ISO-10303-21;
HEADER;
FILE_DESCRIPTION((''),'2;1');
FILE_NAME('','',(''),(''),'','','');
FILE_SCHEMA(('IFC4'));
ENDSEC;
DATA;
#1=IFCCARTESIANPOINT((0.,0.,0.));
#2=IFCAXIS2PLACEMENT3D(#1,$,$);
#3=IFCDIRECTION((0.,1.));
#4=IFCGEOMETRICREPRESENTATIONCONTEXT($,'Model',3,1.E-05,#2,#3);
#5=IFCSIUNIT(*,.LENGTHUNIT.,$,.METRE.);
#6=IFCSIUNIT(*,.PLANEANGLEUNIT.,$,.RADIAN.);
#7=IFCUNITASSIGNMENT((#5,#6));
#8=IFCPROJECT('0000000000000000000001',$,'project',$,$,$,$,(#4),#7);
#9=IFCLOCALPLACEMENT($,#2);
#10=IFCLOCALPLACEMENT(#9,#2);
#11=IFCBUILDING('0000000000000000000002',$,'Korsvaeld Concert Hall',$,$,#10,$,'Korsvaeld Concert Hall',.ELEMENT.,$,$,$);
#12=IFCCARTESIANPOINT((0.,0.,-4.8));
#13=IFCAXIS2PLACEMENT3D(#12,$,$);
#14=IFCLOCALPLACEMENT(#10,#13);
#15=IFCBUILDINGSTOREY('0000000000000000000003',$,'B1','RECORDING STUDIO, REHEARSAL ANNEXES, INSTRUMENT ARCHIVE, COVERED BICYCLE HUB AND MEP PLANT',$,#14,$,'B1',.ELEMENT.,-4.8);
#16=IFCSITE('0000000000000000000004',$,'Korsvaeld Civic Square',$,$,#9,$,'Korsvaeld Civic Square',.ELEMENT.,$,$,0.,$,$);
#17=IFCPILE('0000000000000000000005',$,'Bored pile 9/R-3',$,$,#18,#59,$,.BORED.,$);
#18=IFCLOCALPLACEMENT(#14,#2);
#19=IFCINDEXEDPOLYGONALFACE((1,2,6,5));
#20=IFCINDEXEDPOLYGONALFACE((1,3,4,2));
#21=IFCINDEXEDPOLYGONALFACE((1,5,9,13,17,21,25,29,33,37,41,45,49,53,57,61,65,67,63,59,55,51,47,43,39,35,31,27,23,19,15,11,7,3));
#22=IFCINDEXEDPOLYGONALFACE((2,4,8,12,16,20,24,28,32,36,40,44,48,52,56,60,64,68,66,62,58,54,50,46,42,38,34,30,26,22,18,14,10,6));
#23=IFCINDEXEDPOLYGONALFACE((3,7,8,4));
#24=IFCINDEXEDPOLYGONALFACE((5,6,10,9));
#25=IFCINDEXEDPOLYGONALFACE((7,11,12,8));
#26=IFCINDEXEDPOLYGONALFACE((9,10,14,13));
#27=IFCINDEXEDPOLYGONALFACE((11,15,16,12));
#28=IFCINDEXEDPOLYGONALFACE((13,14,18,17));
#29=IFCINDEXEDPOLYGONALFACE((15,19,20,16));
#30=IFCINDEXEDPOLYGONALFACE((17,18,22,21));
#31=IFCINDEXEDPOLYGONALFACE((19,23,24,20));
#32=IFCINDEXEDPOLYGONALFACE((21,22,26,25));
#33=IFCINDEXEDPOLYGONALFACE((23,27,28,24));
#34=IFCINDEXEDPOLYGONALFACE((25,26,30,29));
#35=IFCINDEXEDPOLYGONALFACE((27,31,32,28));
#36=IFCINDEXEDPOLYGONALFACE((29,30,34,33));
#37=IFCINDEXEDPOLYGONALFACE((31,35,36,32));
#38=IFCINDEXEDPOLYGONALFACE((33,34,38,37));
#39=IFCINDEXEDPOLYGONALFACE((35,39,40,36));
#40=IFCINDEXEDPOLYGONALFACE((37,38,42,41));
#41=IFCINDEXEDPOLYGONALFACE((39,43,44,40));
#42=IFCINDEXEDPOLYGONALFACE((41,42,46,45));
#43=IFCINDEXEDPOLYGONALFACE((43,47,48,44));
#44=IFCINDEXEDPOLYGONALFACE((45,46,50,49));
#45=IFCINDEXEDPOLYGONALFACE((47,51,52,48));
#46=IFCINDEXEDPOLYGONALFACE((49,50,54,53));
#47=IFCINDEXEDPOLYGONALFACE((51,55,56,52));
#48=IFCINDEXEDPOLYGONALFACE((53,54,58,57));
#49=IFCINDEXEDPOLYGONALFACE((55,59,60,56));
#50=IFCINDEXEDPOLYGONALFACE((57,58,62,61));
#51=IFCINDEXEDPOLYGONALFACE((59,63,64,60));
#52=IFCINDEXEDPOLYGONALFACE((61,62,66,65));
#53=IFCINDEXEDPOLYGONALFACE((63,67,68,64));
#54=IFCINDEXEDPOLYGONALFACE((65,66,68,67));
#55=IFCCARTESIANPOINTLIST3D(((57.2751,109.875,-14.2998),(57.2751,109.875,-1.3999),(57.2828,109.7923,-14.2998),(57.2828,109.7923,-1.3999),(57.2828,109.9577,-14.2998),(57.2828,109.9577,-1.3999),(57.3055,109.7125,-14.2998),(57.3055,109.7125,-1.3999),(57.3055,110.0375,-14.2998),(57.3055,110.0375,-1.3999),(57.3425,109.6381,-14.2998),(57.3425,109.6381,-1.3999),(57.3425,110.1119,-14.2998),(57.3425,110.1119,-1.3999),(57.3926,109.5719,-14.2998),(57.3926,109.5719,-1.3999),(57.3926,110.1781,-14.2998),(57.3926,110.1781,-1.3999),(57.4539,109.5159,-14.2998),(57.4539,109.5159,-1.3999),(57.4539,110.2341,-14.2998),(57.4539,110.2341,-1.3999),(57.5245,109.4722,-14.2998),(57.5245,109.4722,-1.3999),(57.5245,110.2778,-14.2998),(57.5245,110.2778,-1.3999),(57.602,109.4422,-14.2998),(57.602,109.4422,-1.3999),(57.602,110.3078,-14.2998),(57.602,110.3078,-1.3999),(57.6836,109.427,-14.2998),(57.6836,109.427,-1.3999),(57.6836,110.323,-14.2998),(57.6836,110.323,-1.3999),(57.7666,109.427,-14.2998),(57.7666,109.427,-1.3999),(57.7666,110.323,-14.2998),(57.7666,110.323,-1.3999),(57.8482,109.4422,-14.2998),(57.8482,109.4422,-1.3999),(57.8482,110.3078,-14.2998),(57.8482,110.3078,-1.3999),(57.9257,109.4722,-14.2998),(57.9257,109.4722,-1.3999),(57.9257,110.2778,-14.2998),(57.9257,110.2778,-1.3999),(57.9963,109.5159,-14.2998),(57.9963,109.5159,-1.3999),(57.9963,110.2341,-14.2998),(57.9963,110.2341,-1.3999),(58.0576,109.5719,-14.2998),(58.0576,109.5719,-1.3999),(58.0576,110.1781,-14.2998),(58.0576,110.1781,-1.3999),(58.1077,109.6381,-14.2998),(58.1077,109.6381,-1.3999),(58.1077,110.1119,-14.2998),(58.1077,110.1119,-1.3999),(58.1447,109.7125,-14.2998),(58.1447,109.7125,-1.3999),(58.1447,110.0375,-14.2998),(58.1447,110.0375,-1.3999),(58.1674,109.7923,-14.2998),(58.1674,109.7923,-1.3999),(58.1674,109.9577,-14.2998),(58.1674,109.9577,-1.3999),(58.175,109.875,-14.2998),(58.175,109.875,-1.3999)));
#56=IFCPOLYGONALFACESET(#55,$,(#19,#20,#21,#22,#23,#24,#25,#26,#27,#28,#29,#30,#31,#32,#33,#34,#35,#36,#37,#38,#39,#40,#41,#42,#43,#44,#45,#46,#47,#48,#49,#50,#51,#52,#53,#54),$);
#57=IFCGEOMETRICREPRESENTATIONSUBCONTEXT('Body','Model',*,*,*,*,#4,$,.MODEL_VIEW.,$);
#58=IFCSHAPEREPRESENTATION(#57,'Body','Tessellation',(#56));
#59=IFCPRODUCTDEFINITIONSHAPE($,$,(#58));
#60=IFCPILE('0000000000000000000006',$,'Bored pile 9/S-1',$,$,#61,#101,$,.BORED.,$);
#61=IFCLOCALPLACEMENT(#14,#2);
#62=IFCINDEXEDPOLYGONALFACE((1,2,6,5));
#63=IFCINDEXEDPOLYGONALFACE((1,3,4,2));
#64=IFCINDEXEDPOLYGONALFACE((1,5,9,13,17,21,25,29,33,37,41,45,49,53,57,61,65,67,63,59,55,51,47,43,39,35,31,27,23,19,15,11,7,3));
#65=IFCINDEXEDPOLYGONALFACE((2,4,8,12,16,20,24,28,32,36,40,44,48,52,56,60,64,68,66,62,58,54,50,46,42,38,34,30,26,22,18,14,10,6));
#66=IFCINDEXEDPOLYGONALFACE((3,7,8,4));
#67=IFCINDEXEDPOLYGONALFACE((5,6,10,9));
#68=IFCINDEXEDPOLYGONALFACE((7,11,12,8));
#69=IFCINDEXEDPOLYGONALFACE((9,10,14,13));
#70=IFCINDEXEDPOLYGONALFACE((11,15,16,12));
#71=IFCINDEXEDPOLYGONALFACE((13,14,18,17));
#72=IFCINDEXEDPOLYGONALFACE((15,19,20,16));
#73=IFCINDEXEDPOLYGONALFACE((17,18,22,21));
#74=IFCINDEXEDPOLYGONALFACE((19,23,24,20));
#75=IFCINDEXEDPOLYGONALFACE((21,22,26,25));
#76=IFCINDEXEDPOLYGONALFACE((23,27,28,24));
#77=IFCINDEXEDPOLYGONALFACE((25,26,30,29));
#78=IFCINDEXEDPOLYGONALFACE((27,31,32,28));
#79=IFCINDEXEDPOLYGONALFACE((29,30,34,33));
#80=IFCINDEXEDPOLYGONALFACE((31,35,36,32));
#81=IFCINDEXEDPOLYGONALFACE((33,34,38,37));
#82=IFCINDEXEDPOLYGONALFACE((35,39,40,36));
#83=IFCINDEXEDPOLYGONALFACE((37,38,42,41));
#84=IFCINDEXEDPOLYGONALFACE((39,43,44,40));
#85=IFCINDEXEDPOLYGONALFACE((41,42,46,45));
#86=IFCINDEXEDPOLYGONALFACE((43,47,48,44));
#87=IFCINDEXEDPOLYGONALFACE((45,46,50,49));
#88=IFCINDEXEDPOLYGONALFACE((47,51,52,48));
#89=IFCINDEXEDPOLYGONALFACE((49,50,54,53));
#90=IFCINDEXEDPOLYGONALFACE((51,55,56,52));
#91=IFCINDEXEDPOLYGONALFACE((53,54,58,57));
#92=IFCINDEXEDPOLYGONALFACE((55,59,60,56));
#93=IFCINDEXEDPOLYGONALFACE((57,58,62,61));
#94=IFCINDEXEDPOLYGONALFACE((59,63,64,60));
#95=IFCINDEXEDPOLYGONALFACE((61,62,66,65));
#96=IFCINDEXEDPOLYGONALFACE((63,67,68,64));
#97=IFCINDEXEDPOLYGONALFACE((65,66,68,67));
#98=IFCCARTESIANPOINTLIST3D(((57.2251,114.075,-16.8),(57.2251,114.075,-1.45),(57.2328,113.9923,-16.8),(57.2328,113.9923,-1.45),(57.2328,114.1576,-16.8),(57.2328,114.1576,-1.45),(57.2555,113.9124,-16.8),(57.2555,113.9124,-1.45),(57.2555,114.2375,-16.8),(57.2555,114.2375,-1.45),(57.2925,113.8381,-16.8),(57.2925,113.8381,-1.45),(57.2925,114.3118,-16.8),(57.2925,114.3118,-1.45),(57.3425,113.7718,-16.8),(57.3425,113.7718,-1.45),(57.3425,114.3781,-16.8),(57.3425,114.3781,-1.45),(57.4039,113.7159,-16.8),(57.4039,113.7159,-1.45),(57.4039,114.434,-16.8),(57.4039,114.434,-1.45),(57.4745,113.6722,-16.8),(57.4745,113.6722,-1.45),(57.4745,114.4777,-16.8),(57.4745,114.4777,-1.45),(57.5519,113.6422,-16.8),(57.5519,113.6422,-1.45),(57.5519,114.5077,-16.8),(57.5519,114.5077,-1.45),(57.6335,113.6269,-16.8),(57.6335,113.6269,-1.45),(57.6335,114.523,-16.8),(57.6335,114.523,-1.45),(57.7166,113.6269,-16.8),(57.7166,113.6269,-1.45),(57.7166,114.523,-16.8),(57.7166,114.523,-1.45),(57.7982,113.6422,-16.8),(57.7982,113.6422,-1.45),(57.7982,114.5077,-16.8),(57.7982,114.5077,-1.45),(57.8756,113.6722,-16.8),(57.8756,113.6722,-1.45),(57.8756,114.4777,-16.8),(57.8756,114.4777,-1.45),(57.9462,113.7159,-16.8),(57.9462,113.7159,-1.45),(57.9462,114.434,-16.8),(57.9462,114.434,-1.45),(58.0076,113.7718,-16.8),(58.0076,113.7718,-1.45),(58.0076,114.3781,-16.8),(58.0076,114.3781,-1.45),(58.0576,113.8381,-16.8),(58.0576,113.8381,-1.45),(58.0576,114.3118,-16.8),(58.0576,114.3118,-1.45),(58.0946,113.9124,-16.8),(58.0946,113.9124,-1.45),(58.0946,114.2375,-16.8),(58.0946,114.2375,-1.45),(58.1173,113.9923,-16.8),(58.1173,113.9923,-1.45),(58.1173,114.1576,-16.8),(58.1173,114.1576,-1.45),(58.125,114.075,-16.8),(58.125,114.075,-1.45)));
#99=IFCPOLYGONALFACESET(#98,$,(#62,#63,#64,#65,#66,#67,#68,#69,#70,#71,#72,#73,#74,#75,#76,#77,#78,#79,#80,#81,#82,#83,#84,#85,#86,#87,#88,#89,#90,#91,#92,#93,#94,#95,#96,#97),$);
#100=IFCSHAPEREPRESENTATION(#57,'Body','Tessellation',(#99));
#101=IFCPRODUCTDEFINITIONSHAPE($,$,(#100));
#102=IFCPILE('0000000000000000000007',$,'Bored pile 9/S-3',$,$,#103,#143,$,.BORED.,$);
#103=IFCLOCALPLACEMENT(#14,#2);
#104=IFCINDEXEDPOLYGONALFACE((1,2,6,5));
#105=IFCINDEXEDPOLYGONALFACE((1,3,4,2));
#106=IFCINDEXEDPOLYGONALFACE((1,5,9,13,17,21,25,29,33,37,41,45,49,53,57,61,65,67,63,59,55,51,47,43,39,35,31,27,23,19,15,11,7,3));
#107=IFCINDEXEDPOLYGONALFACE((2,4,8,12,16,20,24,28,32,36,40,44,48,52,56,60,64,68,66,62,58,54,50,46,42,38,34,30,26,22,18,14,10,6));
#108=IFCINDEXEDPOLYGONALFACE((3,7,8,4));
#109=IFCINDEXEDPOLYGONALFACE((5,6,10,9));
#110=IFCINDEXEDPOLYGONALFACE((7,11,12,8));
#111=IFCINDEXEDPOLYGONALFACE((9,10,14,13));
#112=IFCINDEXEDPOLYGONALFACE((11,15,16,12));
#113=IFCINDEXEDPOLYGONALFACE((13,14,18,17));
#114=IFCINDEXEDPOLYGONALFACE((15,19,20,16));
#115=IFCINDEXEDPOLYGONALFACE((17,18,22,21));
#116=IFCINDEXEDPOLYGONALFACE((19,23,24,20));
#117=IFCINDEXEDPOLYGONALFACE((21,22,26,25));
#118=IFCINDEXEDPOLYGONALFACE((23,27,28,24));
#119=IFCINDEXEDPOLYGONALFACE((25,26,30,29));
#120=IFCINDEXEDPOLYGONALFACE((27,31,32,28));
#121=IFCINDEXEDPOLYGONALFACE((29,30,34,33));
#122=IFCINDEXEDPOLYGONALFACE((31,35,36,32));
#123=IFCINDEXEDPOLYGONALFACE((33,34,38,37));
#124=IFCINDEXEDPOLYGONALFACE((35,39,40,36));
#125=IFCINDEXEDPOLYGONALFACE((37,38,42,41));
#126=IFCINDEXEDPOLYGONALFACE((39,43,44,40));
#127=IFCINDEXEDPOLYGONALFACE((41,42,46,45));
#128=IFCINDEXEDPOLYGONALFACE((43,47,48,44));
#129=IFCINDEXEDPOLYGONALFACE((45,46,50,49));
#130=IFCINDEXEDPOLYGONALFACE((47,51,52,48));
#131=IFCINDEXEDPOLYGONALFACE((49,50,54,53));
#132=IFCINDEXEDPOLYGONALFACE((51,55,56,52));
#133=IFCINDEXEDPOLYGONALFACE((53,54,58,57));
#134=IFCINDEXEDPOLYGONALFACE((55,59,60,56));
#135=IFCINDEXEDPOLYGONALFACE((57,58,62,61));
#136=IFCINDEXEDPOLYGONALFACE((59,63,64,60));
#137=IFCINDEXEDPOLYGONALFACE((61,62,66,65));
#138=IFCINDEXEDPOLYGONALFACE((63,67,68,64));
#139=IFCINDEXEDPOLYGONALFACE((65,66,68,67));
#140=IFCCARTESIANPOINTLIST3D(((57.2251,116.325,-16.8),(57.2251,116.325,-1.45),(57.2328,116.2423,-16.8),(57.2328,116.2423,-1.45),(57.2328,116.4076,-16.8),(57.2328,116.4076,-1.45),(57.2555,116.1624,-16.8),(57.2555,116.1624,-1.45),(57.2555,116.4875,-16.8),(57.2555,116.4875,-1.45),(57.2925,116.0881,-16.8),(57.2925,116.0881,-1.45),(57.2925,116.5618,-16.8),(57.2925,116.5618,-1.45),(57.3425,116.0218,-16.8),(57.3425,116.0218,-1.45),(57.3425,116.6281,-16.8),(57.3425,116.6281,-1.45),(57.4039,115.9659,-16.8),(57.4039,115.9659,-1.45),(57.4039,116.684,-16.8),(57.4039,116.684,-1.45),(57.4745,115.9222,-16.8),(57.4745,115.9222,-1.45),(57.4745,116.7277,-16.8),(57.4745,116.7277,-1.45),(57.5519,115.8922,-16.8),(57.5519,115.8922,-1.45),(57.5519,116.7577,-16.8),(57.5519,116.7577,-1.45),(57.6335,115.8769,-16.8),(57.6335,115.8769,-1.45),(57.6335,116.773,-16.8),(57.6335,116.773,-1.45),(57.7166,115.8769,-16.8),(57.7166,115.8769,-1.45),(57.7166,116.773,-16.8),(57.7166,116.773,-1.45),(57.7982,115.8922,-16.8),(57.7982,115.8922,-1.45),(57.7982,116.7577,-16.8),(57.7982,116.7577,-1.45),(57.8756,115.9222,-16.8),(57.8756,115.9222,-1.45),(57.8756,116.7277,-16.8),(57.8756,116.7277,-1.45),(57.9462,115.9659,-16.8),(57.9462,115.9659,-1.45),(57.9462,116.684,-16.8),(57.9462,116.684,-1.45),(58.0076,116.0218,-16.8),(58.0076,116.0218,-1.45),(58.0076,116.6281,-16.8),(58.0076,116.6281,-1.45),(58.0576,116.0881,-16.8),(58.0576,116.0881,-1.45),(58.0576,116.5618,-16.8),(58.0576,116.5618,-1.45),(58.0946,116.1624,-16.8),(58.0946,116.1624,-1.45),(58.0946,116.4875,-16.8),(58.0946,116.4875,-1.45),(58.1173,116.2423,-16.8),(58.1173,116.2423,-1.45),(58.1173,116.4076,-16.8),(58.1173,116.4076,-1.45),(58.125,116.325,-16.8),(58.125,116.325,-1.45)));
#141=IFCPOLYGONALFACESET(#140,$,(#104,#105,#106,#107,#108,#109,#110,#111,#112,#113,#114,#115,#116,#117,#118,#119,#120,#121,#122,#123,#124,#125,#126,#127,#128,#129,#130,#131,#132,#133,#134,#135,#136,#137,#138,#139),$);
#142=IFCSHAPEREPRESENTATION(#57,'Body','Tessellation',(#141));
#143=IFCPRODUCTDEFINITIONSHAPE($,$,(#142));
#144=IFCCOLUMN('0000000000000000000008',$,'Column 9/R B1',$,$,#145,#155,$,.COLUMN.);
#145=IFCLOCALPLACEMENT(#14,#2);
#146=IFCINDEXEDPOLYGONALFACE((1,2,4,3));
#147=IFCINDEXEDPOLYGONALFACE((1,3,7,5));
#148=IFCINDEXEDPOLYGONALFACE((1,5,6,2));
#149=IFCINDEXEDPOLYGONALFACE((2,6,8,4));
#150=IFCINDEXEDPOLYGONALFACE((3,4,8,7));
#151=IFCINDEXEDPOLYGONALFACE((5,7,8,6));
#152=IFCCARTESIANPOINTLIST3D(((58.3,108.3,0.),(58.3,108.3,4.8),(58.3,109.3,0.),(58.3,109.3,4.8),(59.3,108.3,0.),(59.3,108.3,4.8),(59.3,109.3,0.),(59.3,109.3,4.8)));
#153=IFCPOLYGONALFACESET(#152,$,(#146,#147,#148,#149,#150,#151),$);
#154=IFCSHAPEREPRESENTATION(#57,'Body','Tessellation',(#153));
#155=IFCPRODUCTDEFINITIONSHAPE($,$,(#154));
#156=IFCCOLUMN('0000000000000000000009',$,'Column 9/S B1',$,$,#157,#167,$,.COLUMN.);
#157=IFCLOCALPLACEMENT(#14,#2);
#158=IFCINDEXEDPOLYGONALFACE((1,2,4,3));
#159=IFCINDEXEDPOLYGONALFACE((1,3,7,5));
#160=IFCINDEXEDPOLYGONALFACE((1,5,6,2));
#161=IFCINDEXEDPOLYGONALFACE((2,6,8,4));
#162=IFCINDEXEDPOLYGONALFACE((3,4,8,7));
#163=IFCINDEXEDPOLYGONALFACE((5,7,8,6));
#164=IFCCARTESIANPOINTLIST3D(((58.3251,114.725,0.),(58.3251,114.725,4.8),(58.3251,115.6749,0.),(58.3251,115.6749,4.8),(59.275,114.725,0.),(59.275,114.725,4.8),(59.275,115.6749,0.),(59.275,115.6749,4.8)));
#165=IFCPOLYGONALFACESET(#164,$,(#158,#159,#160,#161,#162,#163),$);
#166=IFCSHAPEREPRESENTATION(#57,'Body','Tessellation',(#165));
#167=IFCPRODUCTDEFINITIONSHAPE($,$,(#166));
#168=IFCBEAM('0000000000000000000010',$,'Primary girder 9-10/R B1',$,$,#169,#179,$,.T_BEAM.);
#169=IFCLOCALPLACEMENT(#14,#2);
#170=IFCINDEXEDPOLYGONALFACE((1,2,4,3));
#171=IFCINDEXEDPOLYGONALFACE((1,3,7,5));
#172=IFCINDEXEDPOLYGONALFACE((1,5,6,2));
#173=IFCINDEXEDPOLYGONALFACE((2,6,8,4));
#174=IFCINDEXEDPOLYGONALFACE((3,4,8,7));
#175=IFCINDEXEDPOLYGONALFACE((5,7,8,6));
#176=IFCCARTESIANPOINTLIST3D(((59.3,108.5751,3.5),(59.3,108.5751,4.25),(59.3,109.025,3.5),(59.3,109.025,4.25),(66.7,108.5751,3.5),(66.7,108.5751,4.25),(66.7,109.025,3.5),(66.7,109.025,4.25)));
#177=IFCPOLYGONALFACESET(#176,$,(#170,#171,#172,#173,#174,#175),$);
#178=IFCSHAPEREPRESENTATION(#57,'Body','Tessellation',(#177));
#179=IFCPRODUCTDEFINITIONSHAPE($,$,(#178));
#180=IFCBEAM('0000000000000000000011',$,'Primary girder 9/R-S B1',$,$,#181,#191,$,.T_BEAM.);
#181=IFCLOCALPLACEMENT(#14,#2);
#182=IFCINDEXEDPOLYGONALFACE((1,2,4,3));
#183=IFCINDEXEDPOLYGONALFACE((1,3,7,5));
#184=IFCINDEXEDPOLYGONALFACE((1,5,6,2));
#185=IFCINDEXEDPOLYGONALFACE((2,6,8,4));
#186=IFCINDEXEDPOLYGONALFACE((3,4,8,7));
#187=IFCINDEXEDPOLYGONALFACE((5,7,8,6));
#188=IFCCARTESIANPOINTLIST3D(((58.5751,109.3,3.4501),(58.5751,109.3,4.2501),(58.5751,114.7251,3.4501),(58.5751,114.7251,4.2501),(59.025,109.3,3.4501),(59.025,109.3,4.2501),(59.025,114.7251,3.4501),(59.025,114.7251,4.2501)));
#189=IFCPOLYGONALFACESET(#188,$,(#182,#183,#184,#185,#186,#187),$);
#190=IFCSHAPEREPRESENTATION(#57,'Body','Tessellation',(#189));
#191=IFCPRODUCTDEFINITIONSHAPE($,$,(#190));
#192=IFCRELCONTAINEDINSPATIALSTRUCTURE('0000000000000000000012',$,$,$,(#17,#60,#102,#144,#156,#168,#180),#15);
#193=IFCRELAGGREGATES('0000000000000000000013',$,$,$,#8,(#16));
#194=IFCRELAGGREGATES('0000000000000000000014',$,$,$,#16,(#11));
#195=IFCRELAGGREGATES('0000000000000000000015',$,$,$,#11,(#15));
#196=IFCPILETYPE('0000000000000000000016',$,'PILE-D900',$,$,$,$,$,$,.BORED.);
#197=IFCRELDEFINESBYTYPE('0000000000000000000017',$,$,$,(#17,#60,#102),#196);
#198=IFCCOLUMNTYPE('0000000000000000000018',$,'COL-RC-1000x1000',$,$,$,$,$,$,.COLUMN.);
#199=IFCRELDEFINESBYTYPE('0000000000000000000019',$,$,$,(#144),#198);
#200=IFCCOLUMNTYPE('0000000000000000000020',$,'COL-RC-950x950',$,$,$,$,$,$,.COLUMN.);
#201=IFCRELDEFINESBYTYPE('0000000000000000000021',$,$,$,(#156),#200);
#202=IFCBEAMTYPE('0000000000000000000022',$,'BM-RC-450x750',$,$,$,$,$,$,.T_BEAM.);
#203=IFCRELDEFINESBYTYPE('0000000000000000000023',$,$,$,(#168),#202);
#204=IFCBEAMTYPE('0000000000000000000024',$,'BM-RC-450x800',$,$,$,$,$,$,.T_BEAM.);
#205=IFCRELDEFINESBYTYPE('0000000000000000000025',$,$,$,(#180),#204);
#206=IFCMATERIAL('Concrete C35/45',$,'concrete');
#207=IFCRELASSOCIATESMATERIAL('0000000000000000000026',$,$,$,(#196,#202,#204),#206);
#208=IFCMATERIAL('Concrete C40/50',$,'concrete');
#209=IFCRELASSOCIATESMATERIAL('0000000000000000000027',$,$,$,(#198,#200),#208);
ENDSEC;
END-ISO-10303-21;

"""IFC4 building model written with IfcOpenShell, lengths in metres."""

from ifc_helpers import new_model, si_unit, direction, frame, origin, origin_2d, place, context, subcontext, project, spatial, rectangle, circle, extrude, material, material_profile, profile_set, type_object, element, save


model = new_model("IFC4")

# Units and contexts
model_context = context("Model", 3, precision=1e-05, world=origin(), true_north=direction((0.0, 1.0)))
body_context = subcontext(model_context, "Body", "Model", "MODEL_VIEW")
ifc_project = project(units=[si_unit("LENGTHUNIT", "METRE"), si_unit("PLANEANGLEUNIT", "RADIAN")], contexts=[model_context])

# Site, building, storey
site_placement = place(None, origin())
site = spatial("IfcSite", under=ifc_project, at=site_placement, Name="Korsvaeld Civic Square", LongName="Korsvaeld Civic Square", CompositionType="ELEMENT", RefElevation=0.0)
building_placement = place(site_placement, origin())
building = spatial("IfcBuilding", under=site, at=building_placement, Name="Korsvaeld Concert Hall", LongName="Korsvaeld Concert Hall", CompositionType="ELEMENT")
storey_placement = place(building_placement, frame((0.0, 0.0, -4.8)))
storey = spatial("IfcBuildingStorey", under=building, at=storey_placement, Name="B1", Description="RECORDING STUDIO, REHEARSAL ANNEXES, INSTRUMENT ARCHIVE, COVERED BICYCLE HUB AND MEP PLANT", LongName="B1", CompositionType="ELEMENT", Elevation=-4.8)

# Shared definitions
ifc_material_1 = material(Name="Concrete C35/45", Category="concrete")

# Piles
ifc_material_2 = material(Name="Concrete C40/50", Category="concrete")
ifc_material_profile_1 = material_profile(ifc_material_1, circle(Radius=0.45, at=origin_2d()), Name="BORED PILE D900")
ifc_profile_set_1 = profile_set([ifc_material_profile_1], Name="Concrete C35/45")
pile_type_1 = type_object("IfcPileType", Name="PILE-D900", PredefinedType="BORED", material=ifc_profile_set_1)
for number, where, z_axis, x_axis, name in (
    (1, (57.7251, 109.875, -1.3999), (0.0, 0.0, -1.0), (1.0, 0.0, 0.0), "Bored pile 9/R-3"),
):
    element("IfcPile", number, at=place(storey_placement, frame(where, z_axis=z_axis, x_axis=x_axis)), inside=storey, type_object=pile_type_1, Name=name, PredefinedType="BORED", context=body_context, shape_type="SweptSolid", body=[
        extrude(circle(Radius=0.45, at=origin_2d()), origin(), (0.0, 0.0, 1.0), 12.8999),
    ])
for number, where, z_axis, x_axis, name in (
    (2, (57.675, 114.075, -1.45), (0.0, 0.0, -1.0), (1.0, 0.0, 0.0), "Bored pile 9/S-1"),
    (3, (57.675, 116.325, -1.45), (0.0, 0.0, -1.0), (1.0, 0.0, 0.0), "Bored pile 9/S-3"),
):
    element("IfcPile", number, at=place(storey_placement, frame(where, z_axis=z_axis, x_axis=x_axis)), inside=storey, type_object=pile_type_1, Name=name, PredefinedType="BORED", context=body_context, shape_type="SweptSolid", body=[
        extrude(circle(Radius=0.45, at=origin_2d()), origin(), (0.0, 0.0, 1.0), 15.3501),
    ])

# Columns
ifc_material_profile_2 = material_profile(ifc_material_2, rectangle(XDim=1.0, YDim=1.0, at=origin_2d()), Name="RC 1000x1000")
ifc_profile_set_2 = profile_set([ifc_material_profile_2], Name="Concrete C40/50")
column_type_1 = type_object("IfcColumnType", Name="COL-RC-1000x1000", PredefinedType="COLUMN", material=ifc_profile_set_2)
column_1_placement = place(storey_placement, frame((58.8, 108.8, 0.0), z_axis=(0.0, 0.0, 1.0), x_axis=(1.0, 0.0, 0.0)))
element("IfcColumn", 4, at=column_1_placement, inside=storey, type_object=column_type_1, Name="Column 9/R B1", PredefinedType="COLUMN", context=body_context, shape_type="SweptSolid", body=[
    extrude(rectangle(XDim=1.0, YDim=1.0, at=origin_2d()), origin(), (0.0, 0.0, 1.0), 4.8),
])
ifc_material_profile_3 = material_profile(ifc_material_2, rectangle(XDim=0.95, YDim=0.95, at=origin_2d()), Name="RC 950x950")
ifc_profile_set_3 = profile_set([ifc_material_profile_3], Name="Concrete C40/50")
column_type_2 = type_object("IfcColumnType", Name="COL-RC-950x950", PredefinedType="COLUMN", material=ifc_profile_set_3)
column_2_placement = place(storey_placement, frame((58.8, 115.2, 0.0), z_axis=(0.0, 0.0, 1.0), x_axis=(1.0, 0.0, 0.0)))
element("IfcColumn", 5, at=column_2_placement, inside=storey, type_object=column_type_2, Name="Column 9/S B1", PredefinedType="COLUMN", context=body_context, shape_type="SweptSolid", body=[
    extrude(rectangle(XDim=0.95, YDim=0.95, at=origin_2d()), origin(), (0.0, 0.0, 1.0), 4.8),
])

# Beams
ifc_material_profile_4 = material_profile(ifc_material_1, rectangle(XDim=0.45, YDim=0.75, at=origin_2d()), Name="RC 450x750")
ifc_profile_set_4 = profile_set([ifc_material_profile_4], Name="Concrete C35/45")
beam_type_1 = type_object("IfcBeamType", Name="BM-RC-450x750", PredefinedType="T_BEAM", material=ifc_profile_set_4)
beam_1_placement = place(storey_placement, frame((59.3, 108.8, 3.875), z_axis=(1.0, 0.0, 0.0), x_axis=(0.0, 1.0, 0.0)))
element("IfcBeam", 6, at=beam_1_placement, inside=storey, type_object=beam_type_1, Name="Primary girder 9-10/R B1", PredefinedType="T_BEAM", context=body_context, shape_type="SweptSolid", body=[
    extrude(rectangle(XDim=0.45, YDim=0.75, at=origin_2d()), origin(), (0.0, 0.0, 1.0), 7.3999),
])
ifc_material_profile_5 = material_profile(ifc_material_1, rectangle(XDim=0.45, YDim=0.8, at=origin_2d()), Name="RC 450x800")
ifc_profile_set_5 = profile_set([ifc_material_profile_5], Name="Concrete C35/45")
beam_type_2 = type_object("IfcBeamType", Name="BM-RC-450x800", PredefinedType="T_BEAM", material=ifc_profile_set_5)
beam_2_placement = place(storey_placement, frame((58.8, 109.3, 3.8501), z_axis=(0.0, 1.0, 0.0), x_axis=(-1.0, 0.0, 0.0)))
element("IfcBeam", 7, at=beam_2_placement, inside=storey, type_object=beam_type_2, Name="Primary girder 9/R-S B1", PredefinedType="T_BEAM", context=body_context, shape_type="SweptSolid", body=[
    extrude(rectangle(XDim=0.45, YDim=0.8, at=origin_2d()), origin(), (0.0, 0.0, 1.0), 5.425),
])

save(model, "model.ifc")
